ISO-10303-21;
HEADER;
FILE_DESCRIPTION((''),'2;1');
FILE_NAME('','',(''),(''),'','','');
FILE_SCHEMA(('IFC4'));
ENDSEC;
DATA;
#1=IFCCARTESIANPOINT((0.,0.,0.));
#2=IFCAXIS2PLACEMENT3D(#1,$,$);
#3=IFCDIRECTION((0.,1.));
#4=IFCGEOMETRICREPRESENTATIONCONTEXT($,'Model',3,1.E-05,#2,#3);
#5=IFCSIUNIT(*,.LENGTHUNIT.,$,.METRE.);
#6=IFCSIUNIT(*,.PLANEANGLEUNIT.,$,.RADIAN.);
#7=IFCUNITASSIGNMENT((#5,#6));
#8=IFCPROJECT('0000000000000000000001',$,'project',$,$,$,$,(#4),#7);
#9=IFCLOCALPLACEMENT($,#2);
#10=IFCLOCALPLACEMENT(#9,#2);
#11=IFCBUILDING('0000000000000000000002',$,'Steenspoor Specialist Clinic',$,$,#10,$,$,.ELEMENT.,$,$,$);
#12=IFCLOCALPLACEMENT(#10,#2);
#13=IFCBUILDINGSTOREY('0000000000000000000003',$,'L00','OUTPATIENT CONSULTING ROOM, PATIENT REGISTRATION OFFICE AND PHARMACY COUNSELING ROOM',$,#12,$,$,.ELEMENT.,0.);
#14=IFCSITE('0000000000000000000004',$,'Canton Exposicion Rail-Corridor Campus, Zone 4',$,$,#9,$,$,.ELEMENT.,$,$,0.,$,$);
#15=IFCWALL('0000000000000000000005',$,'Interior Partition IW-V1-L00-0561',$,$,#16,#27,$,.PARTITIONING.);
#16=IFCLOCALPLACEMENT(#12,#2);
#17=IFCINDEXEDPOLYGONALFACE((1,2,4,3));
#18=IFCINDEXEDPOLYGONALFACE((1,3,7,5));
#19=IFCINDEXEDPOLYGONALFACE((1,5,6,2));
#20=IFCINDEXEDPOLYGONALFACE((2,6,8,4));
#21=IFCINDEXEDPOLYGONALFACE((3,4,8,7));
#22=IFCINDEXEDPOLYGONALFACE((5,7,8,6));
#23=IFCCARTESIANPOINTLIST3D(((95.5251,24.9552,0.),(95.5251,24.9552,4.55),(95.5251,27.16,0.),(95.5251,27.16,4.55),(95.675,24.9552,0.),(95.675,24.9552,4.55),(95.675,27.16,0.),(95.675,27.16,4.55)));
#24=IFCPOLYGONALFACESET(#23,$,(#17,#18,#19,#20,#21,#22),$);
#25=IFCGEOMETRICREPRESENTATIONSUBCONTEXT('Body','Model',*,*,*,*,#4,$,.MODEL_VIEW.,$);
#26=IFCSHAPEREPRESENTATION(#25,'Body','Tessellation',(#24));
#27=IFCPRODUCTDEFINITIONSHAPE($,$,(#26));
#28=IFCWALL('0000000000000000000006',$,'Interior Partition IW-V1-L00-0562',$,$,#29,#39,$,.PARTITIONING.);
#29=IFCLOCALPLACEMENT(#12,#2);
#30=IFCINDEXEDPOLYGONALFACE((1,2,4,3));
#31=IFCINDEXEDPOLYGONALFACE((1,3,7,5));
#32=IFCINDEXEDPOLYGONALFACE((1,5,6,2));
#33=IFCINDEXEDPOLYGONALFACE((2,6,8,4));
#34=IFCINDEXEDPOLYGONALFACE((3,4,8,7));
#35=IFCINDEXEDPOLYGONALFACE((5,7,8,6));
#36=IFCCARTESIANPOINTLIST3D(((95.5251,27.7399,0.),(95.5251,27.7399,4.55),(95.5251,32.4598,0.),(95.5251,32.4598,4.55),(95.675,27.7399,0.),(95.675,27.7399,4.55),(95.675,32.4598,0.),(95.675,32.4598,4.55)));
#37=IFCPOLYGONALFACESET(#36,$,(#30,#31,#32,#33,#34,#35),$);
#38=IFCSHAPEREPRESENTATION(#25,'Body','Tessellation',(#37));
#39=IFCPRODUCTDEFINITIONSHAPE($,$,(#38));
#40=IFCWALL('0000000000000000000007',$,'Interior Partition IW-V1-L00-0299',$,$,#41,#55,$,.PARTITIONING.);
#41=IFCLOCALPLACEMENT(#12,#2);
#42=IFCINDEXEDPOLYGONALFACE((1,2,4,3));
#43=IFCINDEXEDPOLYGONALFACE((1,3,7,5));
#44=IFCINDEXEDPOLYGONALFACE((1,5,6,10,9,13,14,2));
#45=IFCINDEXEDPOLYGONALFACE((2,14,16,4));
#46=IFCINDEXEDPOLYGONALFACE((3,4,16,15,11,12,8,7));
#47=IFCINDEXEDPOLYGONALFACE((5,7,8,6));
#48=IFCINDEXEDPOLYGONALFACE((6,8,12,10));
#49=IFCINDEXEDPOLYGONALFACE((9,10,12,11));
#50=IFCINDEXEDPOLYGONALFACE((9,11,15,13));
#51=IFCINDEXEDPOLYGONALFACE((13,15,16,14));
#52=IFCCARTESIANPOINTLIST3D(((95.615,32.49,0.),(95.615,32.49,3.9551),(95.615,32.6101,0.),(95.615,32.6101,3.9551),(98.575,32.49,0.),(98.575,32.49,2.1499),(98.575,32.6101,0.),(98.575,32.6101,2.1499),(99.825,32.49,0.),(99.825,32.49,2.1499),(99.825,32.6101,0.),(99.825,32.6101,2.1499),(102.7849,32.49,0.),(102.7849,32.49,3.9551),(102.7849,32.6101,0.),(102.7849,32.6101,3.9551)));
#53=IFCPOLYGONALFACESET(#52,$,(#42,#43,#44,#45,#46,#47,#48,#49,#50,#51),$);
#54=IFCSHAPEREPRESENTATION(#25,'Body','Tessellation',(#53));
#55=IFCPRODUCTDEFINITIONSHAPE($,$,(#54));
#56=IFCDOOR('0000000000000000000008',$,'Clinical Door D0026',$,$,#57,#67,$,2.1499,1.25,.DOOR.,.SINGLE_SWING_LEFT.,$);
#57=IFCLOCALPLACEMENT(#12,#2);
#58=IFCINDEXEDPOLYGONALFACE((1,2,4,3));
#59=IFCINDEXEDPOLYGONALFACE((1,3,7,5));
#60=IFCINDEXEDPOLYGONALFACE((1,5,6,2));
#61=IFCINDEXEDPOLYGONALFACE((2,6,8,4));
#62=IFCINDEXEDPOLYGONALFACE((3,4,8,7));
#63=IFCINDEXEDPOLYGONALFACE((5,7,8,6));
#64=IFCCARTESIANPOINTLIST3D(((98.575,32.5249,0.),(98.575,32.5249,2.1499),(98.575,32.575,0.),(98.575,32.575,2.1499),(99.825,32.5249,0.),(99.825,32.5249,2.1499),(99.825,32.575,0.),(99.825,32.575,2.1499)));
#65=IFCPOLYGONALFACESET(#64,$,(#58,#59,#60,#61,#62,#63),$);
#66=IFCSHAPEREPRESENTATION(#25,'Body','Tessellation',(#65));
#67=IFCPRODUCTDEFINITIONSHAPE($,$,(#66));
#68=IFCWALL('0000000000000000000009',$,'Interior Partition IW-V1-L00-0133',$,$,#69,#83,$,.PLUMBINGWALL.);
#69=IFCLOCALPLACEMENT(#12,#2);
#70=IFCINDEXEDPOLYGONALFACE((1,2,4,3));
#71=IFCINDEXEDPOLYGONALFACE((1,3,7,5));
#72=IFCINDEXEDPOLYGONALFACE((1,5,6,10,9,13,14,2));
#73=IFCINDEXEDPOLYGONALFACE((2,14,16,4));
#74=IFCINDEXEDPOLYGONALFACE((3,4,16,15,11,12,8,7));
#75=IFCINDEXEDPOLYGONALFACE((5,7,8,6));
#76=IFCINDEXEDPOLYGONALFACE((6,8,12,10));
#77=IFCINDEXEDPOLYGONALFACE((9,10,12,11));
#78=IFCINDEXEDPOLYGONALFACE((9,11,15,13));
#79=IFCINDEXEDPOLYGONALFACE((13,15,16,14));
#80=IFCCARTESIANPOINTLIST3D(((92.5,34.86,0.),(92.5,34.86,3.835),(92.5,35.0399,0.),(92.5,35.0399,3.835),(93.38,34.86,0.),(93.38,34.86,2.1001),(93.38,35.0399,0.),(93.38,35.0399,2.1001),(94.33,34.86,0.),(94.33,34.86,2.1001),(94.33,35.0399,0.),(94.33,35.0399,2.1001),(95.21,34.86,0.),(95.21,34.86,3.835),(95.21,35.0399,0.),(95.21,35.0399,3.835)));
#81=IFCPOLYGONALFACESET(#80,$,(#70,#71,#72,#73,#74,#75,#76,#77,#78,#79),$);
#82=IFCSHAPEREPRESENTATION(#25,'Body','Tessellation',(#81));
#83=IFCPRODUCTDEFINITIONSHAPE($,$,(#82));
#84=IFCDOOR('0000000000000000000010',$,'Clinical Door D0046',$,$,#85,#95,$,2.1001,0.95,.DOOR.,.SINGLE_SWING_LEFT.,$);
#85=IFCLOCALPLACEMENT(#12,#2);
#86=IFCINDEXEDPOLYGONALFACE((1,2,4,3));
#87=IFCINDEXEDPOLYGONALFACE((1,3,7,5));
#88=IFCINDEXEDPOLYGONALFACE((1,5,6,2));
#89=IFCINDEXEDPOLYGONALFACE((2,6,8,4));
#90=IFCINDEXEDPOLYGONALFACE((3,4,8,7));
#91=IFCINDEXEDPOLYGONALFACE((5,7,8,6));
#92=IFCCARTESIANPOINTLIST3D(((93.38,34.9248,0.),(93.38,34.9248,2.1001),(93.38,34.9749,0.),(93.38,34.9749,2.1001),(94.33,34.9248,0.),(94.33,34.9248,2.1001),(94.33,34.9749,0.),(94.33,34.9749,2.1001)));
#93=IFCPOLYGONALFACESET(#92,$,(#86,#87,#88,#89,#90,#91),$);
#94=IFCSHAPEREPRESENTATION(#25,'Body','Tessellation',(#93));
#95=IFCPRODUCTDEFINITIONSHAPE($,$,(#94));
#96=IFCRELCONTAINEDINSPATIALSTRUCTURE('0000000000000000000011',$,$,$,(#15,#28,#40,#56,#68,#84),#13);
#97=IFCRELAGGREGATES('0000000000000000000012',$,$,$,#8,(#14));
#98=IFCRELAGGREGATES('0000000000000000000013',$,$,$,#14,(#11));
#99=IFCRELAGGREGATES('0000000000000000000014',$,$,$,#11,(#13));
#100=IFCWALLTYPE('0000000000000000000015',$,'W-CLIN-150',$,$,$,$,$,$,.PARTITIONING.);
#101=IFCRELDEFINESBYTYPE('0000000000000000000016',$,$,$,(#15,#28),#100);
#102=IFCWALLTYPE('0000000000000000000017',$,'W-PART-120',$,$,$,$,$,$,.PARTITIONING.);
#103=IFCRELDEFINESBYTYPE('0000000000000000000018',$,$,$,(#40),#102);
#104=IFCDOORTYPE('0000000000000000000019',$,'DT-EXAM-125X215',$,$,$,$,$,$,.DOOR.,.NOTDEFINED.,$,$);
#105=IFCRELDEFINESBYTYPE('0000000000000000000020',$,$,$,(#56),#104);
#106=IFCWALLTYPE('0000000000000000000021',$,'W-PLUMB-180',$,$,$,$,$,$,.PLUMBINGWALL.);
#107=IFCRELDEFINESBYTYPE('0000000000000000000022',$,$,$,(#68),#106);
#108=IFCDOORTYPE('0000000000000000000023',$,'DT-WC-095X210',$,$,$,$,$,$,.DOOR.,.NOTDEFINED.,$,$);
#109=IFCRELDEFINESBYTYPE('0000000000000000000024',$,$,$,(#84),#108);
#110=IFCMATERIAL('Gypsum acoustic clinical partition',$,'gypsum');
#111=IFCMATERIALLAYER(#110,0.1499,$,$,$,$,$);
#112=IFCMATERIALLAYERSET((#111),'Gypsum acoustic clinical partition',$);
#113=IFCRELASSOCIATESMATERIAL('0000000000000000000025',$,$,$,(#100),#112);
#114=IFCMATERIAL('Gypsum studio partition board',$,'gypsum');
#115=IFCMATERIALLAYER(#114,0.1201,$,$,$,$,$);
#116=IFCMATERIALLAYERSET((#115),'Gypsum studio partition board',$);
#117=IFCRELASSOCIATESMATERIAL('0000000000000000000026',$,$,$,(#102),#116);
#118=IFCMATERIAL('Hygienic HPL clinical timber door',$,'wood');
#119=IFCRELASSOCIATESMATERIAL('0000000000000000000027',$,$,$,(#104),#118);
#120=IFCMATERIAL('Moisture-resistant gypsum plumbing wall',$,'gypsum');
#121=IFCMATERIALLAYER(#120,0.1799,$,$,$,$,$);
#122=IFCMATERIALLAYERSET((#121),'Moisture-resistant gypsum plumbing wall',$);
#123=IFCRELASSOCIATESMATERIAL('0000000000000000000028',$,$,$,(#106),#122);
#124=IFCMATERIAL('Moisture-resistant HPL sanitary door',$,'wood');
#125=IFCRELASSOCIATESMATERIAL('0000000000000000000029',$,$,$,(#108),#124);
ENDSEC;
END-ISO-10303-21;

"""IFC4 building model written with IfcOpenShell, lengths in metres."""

from ifc_helpers import new_model, si_unit, direction, frame, frame_2d, origin, place, context, subcontext, project, spatial, rectangle, extrude, material, layer, layer_set, type_object, element, fill, save


model = new_model("IFC4")

# Units and contexts
model_context = context("Model", 3, precision=1e-05, world=origin(), true_north=direction((0.0, 1.0)))
body_context = subcontext(model_context, "Body", "Model", "MODEL_VIEW")
ifc_project = project(units=[si_unit("LENGTHUNIT", "METRE"), si_unit("PLANEANGLEUNIT", "RADIAN")], contexts=[model_context])

# Site, building, storey
site_placement = place(None, origin())
site = spatial("IfcSite", under=ifc_project, at=site_placement, Name="Canton Exposicion Rail-Corridor Campus, Zone 4", CompositionType="ELEMENT", RefElevation=0.0)
building_placement = place(site_placement, origin())
building = spatial("IfcBuilding", under=site, at=building_placement, Name="Steenspoor Specialist Clinic", CompositionType="ELEMENT")
storey_placement = place(building_placement, origin())
storey = spatial("IfcBuildingStorey", under=building, at=storey_placement, Name="L00", Description="OUTPATIENT CONSULTING ROOM, PATIENT REGISTRATION OFFICE AND PHARMACY COUNSELING ROOM", CompositionType="ELEMENT", Elevation=0.0)

# Shared definitions
ifc_material_1 = material(Name="Gypsum acoustic clinical partition", Category="gypsum")
ifc_layer_1 = layer(ifc_material_1, 0.1499)
ifc_layer_set_1 = layer_set([ifc_layer_1], Name="Gypsum acoustic clinical partition")
wall_type_1 = type_object("IfcWallType", Name="W-CLIN-150", PredefinedType="PARTITIONING", material=ifc_layer_set_1)
ifc_material_2 = material(Name="Hygienic HPL clinical timber door", Category="wood")

# Walls
wall_1_placement = place(storey_placement, frame((95.6001, 24.9551, 0.0), z_axis=(0.0, 0.0, 1.0), x_axis=(0.0, 1.0, 0.0)))
element("IfcWall", 1, at=wall_1_placement, inside=storey, type_object=wall_type_1, Name="Interior Partition IW-V1-L00-0561", PredefinedType="PARTITIONING", context=body_context, shape_type="SweptSolid", body=[
    extrude(rectangle(XDim=2.2048, YDim=0.1499, at=frame_2d((1.1025, 0.0))), origin(), (0.0, 0.0, 1.0), 4.55),
])
wall_2_placement = place(storey_placement, frame((95.6001, 27.74, 0.0), z_axis=(0.0, 0.0, 1.0), x_axis=(0.0, 1.0, 0.0)))
element("IfcWall", 2, at=wall_2_placement, inside=storey, type_object=wall_type_1, Name="Interior Partition IW-V1-L00-0562", PredefinedType="PARTITIONING", context=body_context, shape_type="SweptSolid", body=[
    extrude(rectangle(XDim=4.72, YDim=0.1499, at=frame_2d((2.3599, 0.0))), origin(), (0.0, 0.0, 1.0), 4.55),
])

# Walls, openings, doors
ifc_material_3 = material(Name="Gypsum studio partition board", Category="gypsum")
ifc_layer_2 = layer(ifc_material_3, 0.1201)
ifc_layer_set_2 = layer_set([ifc_layer_2], Name="Gypsum studio partition board")
wall_type_2 = type_object("IfcWallType", Name="W-PART-120", PredefinedType="PARTITIONING", material=ifc_layer_set_2)
wall_3_placement = place(storey_placement, frame((95.615, 32.55, 0.0), z_axis=(0.0, 0.0, 1.0), x_axis=(1.0, 0.0, 0.0)))
wall_3 = element("IfcWall", 3, at=wall_3_placement, inside=storey, type_object=wall_type_2, Name="Interior Partition IW-V1-L00-0299", PredefinedType="PARTITIONING", context=body_context, shape_type="SweptSolid", body=[
    extrude(rectangle(XDim=7.1699, YDim=0.1201, at=frame_2d((3.585, 0.0))), origin(), (0.0, 0.0, 1.0), 3.9551),
])
opening_1_placement = place(wall_3_placement, frame((2.96, 0.0, 0.0)))
opening_1 = element("IfcOpeningElement", 4, at=opening_1_placement, cuts=wall_3, PredefinedType="OPENING", context=body_context, shape_type="SweptSolid", body=[
    extrude(rectangle(XDim=1.25, YDim=2.1499, at=frame_2d((0.625, 1.075))), frame((0.0, 0.0701, 0.0), z_axis=(0.0, -1.0, 0.0), x_axis=(1.0, 0.0, 0.0)), (0.0, 0.0, 1.0), 0.1401),
])
door_type_1 = type_object("IfcDoorType", Name="DT-EXAM-125X215", OperationType="NOTDEFINED", PredefinedType="DOOR", material=ifc_material_2)
door_1_placement = place(opening_1_placement, origin())
door_1 = element("IfcDoor", 5, at=door_1_placement, inside=storey, type_object=door_type_1, Name="Clinical Door D0026", OperationType="SINGLE_SWING_LEFT", OverallHeight=2.1499, OverallWidth=1.25, PredefinedType="DOOR", context=body_context, shape_type="SweptSolid", body=[
    extrude(rectangle(XDim=1.25, YDim=2.1499, at=frame_2d((0.625, 1.075))), frame((0.0, 0.0249, 0.0), z_axis=(0.0, -1.0, 0.0), x_axis=(1.0, 0.0, 0.0)), (0.0, 0.0, 1.0), 0.05),
])
fill(opening_1, door_1)
ifc_material_4 = material(Name="Moisture-resistant gypsum plumbing wall", Category="gypsum")
ifc_layer_3 = layer(ifc_material_4, 0.1799)
ifc_layer_set_3 = layer_set([ifc_layer_3], Name="Moisture-resistant gypsum plumbing wall")
wall_type_3 = type_object("IfcWallType", Name="W-PLUMB-180", PredefinedType="PLUMBINGWALL", material=ifc_layer_set_3)
wall_4_placement = place(storey_placement, frame((92.5, 34.95, 0.0), z_axis=(0.0, 0.0, 1.0), x_axis=(1.0, 0.0, 0.0)))
wall_4 = element("IfcWall", 6, at=wall_4_placement, inside=storey, type_object=wall_type_3, Name="Interior Partition IW-V1-L00-0133", PredefinedType="PLUMBINGWALL", context=body_context, shape_type="SweptSolid", body=[
    extrude(rectangle(XDim=2.71, YDim=0.1799, at=frame_2d((1.355, 0.0))), origin(), (0.0, 0.0, 1.0), 3.835),
])
opening_2_placement = place(wall_4_placement, frame((0.8799, 0.0, 0.0)))
opening_2 = element("IfcOpeningElement", 7, at=opening_2_placement, cuts=wall_4, PredefinedType="OPENING", context=body_context, shape_type="SweptSolid", body=[
    extrude(rectangle(XDim=0.95, YDim=2.1001, at=frame_2d((0.4751, 1.05))), frame((0.0, 0.1001, 0.0), z_axis=(0.0, -1.0, 0.0), x_axis=(1.0, 0.0, 0.0)), (0.0, 0.0, 1.0), 0.2),
])
ifc_material_5 = material(Name="Moisture-resistant HPL sanitary door", Category="wood")
door_type_2 = type_object("IfcDoorType", Name="DT-WC-095X210", OperationType="NOTDEFINED", PredefinedType="DOOR", material=ifc_material_5)
door_2_placement = place(opening_2_placement, origin())
door_2 = element("IfcDoor", 8, at=door_2_placement, inside=storey, type_object=door_type_2, Name="Clinical Door D0046", OperationType="SINGLE_SWING_LEFT", OverallHeight=2.1001, OverallWidth=0.95, PredefinedType="DOOR", context=body_context, shape_type="SweptSolid", body=[
    extrude(rectangle(XDim=0.95, YDim=2.1001, at=frame_2d((0.4751, 1.05))), frame((0.0, 0.0249, 0.0), z_axis=(0.0, -1.0, 0.0), x_axis=(1.0, 0.0, 0.0)), (0.0, 0.0, 1.0), 0.05),
])
fill(opening_2, door_2)

save(model, "model.ifc")
